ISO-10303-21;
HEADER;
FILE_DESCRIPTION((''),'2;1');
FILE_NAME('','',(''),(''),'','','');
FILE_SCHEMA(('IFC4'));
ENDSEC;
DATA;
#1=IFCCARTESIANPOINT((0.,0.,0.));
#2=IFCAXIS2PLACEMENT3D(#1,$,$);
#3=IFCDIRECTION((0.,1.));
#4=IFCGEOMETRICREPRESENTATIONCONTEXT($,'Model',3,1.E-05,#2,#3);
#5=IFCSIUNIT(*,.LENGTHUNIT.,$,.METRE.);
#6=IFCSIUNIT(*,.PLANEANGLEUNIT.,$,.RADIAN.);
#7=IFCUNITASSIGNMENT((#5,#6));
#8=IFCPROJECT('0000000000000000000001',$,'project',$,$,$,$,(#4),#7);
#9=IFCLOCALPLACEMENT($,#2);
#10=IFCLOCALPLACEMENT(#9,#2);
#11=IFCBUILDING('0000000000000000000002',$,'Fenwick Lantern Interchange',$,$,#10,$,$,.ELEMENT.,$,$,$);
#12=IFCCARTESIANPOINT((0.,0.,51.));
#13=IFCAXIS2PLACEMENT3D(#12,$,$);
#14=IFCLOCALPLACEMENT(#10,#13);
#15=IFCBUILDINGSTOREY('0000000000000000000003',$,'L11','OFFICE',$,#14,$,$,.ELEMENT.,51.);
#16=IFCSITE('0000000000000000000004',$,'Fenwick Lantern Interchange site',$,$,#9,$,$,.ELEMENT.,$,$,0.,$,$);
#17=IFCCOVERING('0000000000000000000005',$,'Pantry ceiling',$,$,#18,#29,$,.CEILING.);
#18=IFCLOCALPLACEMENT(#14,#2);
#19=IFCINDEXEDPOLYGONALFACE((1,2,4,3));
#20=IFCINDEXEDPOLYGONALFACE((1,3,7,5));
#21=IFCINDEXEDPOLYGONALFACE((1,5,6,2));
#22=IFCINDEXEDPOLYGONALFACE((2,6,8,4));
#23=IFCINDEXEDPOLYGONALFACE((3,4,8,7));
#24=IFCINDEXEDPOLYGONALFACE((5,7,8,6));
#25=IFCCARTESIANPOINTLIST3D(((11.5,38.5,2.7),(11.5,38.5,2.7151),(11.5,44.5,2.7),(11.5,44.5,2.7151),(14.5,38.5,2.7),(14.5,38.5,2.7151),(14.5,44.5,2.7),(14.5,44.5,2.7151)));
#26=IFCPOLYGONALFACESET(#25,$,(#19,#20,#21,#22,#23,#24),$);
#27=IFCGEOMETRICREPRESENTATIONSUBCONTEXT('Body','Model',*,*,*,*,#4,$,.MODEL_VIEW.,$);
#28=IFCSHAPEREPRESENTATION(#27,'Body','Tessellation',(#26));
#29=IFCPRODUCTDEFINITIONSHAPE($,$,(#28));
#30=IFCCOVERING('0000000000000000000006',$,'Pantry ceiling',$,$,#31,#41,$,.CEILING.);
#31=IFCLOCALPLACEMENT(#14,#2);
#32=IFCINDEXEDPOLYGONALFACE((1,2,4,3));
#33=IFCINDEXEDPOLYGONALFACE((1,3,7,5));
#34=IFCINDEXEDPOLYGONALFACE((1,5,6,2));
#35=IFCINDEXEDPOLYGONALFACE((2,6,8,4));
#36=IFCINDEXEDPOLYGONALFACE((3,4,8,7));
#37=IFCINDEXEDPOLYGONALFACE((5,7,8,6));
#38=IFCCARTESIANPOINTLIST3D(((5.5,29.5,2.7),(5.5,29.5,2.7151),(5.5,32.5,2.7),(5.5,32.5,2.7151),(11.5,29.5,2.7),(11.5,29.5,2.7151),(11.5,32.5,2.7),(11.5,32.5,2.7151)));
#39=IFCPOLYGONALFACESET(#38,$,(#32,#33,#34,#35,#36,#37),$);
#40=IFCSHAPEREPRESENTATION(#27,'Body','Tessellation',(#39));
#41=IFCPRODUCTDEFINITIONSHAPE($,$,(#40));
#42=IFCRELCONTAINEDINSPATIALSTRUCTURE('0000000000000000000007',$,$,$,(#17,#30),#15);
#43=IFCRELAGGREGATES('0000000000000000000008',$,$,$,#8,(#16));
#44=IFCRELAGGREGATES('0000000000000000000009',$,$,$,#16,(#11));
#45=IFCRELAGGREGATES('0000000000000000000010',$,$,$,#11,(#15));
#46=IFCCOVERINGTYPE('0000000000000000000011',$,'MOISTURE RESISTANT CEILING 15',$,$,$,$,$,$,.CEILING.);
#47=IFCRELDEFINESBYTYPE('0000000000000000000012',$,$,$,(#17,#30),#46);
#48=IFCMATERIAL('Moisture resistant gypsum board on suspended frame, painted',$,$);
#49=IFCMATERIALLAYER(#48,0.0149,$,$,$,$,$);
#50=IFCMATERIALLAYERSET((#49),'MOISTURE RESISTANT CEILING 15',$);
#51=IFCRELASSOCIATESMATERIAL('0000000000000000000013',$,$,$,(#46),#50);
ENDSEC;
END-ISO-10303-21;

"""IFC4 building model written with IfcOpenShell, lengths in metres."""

from ifc_helpers import new_model, si_unit, direction, frame, origin, place, context, subcontext, project, spatial, polyline, outline, extrude, material, layer, layer_set, type_object, element, save


model = new_model("IFC4")

# Units and contexts
model_context = context("Model", 3, precision=1e-05, world=origin(), true_north=direction((0.0, 1.0)))
body_context = subcontext(model_context, "Body", "Model", "MODEL_VIEW")
ifc_project = project(units=[si_unit("LENGTHUNIT", "METRE"), si_unit("PLANEANGLEUNIT", "RADIAN")], contexts=[model_context])

# Site, building, storey
site_placement = place(None, origin())
site = spatial("IfcSite", under=ifc_project, at=site_placement, Name="Fenwick Lantern Interchange site", CompositionType="ELEMENT", RefElevation=0.0)
building_placement = place(site_placement, origin())
building = spatial("IfcBuilding", under=site, at=building_placement, Name="Fenwick Lantern Interchange", CompositionType="ELEMENT")
storey_placement = place(building_placement, frame((0.0, 0.0, 51.0)))
storey = spatial("IfcBuildingStorey", under=building, at=storey_placement, Name="L11", Description="OFFICE", CompositionType="ELEMENT", Elevation=51.0)

# Coverings
ifc_material_1 = material(Name="Moisture resistant gypsum board on suspended frame, painted")
ifc_layer_1 = layer(ifc_material_1, 0.0149)
ifc_layer_set_1 = layer_set([ifc_layer_1], Name="MOISTURE RESISTANT CEILING 15")
covering_type_1 = type_object("IfcCoveringType", Name="MOISTURE RESISTANT CEILING 15", PredefinedType="CEILING", material=ifc_layer_set_1)
covering_1_placement = place(storey_placement, frame((0.0, 0.0, 2.7)))
element("IfcCovering", 1, at=covering_1_placement, inside=storey, type_object=covering_type_1, Name="Pantry ceiling", PredefinedType="CEILING", context=body_context, shape_type="SweptSolid", body=[
    extrude(outline(polyline([(14.5, 44.5), (11.5, 44.5), (11.5, 38.5), (14.5, 38.5), (14.5, 44.5)])), origin(), (0.0, 0.0, 1.0), 0.0151),
])
covering_2_placement = place(storey_placement, frame((0.0, 0.0, 2.7)))
element("IfcCovering", 2, at=covering_2_placement, inside=storey, type_object=covering_type_1, Name="Pantry ceiling", PredefinedType="CEILING", context=body_context, shape_type="SweptSolid", body=[
    extrude(outline(polyline([(5.5, 32.5), (5.5, 29.5), (11.5, 29.5), (11.5, 32.5), (5.5, 32.5)])), origin(), (0.0, 0.0, 1.0), 0.0151),
])

save(model, "model.ifc")
